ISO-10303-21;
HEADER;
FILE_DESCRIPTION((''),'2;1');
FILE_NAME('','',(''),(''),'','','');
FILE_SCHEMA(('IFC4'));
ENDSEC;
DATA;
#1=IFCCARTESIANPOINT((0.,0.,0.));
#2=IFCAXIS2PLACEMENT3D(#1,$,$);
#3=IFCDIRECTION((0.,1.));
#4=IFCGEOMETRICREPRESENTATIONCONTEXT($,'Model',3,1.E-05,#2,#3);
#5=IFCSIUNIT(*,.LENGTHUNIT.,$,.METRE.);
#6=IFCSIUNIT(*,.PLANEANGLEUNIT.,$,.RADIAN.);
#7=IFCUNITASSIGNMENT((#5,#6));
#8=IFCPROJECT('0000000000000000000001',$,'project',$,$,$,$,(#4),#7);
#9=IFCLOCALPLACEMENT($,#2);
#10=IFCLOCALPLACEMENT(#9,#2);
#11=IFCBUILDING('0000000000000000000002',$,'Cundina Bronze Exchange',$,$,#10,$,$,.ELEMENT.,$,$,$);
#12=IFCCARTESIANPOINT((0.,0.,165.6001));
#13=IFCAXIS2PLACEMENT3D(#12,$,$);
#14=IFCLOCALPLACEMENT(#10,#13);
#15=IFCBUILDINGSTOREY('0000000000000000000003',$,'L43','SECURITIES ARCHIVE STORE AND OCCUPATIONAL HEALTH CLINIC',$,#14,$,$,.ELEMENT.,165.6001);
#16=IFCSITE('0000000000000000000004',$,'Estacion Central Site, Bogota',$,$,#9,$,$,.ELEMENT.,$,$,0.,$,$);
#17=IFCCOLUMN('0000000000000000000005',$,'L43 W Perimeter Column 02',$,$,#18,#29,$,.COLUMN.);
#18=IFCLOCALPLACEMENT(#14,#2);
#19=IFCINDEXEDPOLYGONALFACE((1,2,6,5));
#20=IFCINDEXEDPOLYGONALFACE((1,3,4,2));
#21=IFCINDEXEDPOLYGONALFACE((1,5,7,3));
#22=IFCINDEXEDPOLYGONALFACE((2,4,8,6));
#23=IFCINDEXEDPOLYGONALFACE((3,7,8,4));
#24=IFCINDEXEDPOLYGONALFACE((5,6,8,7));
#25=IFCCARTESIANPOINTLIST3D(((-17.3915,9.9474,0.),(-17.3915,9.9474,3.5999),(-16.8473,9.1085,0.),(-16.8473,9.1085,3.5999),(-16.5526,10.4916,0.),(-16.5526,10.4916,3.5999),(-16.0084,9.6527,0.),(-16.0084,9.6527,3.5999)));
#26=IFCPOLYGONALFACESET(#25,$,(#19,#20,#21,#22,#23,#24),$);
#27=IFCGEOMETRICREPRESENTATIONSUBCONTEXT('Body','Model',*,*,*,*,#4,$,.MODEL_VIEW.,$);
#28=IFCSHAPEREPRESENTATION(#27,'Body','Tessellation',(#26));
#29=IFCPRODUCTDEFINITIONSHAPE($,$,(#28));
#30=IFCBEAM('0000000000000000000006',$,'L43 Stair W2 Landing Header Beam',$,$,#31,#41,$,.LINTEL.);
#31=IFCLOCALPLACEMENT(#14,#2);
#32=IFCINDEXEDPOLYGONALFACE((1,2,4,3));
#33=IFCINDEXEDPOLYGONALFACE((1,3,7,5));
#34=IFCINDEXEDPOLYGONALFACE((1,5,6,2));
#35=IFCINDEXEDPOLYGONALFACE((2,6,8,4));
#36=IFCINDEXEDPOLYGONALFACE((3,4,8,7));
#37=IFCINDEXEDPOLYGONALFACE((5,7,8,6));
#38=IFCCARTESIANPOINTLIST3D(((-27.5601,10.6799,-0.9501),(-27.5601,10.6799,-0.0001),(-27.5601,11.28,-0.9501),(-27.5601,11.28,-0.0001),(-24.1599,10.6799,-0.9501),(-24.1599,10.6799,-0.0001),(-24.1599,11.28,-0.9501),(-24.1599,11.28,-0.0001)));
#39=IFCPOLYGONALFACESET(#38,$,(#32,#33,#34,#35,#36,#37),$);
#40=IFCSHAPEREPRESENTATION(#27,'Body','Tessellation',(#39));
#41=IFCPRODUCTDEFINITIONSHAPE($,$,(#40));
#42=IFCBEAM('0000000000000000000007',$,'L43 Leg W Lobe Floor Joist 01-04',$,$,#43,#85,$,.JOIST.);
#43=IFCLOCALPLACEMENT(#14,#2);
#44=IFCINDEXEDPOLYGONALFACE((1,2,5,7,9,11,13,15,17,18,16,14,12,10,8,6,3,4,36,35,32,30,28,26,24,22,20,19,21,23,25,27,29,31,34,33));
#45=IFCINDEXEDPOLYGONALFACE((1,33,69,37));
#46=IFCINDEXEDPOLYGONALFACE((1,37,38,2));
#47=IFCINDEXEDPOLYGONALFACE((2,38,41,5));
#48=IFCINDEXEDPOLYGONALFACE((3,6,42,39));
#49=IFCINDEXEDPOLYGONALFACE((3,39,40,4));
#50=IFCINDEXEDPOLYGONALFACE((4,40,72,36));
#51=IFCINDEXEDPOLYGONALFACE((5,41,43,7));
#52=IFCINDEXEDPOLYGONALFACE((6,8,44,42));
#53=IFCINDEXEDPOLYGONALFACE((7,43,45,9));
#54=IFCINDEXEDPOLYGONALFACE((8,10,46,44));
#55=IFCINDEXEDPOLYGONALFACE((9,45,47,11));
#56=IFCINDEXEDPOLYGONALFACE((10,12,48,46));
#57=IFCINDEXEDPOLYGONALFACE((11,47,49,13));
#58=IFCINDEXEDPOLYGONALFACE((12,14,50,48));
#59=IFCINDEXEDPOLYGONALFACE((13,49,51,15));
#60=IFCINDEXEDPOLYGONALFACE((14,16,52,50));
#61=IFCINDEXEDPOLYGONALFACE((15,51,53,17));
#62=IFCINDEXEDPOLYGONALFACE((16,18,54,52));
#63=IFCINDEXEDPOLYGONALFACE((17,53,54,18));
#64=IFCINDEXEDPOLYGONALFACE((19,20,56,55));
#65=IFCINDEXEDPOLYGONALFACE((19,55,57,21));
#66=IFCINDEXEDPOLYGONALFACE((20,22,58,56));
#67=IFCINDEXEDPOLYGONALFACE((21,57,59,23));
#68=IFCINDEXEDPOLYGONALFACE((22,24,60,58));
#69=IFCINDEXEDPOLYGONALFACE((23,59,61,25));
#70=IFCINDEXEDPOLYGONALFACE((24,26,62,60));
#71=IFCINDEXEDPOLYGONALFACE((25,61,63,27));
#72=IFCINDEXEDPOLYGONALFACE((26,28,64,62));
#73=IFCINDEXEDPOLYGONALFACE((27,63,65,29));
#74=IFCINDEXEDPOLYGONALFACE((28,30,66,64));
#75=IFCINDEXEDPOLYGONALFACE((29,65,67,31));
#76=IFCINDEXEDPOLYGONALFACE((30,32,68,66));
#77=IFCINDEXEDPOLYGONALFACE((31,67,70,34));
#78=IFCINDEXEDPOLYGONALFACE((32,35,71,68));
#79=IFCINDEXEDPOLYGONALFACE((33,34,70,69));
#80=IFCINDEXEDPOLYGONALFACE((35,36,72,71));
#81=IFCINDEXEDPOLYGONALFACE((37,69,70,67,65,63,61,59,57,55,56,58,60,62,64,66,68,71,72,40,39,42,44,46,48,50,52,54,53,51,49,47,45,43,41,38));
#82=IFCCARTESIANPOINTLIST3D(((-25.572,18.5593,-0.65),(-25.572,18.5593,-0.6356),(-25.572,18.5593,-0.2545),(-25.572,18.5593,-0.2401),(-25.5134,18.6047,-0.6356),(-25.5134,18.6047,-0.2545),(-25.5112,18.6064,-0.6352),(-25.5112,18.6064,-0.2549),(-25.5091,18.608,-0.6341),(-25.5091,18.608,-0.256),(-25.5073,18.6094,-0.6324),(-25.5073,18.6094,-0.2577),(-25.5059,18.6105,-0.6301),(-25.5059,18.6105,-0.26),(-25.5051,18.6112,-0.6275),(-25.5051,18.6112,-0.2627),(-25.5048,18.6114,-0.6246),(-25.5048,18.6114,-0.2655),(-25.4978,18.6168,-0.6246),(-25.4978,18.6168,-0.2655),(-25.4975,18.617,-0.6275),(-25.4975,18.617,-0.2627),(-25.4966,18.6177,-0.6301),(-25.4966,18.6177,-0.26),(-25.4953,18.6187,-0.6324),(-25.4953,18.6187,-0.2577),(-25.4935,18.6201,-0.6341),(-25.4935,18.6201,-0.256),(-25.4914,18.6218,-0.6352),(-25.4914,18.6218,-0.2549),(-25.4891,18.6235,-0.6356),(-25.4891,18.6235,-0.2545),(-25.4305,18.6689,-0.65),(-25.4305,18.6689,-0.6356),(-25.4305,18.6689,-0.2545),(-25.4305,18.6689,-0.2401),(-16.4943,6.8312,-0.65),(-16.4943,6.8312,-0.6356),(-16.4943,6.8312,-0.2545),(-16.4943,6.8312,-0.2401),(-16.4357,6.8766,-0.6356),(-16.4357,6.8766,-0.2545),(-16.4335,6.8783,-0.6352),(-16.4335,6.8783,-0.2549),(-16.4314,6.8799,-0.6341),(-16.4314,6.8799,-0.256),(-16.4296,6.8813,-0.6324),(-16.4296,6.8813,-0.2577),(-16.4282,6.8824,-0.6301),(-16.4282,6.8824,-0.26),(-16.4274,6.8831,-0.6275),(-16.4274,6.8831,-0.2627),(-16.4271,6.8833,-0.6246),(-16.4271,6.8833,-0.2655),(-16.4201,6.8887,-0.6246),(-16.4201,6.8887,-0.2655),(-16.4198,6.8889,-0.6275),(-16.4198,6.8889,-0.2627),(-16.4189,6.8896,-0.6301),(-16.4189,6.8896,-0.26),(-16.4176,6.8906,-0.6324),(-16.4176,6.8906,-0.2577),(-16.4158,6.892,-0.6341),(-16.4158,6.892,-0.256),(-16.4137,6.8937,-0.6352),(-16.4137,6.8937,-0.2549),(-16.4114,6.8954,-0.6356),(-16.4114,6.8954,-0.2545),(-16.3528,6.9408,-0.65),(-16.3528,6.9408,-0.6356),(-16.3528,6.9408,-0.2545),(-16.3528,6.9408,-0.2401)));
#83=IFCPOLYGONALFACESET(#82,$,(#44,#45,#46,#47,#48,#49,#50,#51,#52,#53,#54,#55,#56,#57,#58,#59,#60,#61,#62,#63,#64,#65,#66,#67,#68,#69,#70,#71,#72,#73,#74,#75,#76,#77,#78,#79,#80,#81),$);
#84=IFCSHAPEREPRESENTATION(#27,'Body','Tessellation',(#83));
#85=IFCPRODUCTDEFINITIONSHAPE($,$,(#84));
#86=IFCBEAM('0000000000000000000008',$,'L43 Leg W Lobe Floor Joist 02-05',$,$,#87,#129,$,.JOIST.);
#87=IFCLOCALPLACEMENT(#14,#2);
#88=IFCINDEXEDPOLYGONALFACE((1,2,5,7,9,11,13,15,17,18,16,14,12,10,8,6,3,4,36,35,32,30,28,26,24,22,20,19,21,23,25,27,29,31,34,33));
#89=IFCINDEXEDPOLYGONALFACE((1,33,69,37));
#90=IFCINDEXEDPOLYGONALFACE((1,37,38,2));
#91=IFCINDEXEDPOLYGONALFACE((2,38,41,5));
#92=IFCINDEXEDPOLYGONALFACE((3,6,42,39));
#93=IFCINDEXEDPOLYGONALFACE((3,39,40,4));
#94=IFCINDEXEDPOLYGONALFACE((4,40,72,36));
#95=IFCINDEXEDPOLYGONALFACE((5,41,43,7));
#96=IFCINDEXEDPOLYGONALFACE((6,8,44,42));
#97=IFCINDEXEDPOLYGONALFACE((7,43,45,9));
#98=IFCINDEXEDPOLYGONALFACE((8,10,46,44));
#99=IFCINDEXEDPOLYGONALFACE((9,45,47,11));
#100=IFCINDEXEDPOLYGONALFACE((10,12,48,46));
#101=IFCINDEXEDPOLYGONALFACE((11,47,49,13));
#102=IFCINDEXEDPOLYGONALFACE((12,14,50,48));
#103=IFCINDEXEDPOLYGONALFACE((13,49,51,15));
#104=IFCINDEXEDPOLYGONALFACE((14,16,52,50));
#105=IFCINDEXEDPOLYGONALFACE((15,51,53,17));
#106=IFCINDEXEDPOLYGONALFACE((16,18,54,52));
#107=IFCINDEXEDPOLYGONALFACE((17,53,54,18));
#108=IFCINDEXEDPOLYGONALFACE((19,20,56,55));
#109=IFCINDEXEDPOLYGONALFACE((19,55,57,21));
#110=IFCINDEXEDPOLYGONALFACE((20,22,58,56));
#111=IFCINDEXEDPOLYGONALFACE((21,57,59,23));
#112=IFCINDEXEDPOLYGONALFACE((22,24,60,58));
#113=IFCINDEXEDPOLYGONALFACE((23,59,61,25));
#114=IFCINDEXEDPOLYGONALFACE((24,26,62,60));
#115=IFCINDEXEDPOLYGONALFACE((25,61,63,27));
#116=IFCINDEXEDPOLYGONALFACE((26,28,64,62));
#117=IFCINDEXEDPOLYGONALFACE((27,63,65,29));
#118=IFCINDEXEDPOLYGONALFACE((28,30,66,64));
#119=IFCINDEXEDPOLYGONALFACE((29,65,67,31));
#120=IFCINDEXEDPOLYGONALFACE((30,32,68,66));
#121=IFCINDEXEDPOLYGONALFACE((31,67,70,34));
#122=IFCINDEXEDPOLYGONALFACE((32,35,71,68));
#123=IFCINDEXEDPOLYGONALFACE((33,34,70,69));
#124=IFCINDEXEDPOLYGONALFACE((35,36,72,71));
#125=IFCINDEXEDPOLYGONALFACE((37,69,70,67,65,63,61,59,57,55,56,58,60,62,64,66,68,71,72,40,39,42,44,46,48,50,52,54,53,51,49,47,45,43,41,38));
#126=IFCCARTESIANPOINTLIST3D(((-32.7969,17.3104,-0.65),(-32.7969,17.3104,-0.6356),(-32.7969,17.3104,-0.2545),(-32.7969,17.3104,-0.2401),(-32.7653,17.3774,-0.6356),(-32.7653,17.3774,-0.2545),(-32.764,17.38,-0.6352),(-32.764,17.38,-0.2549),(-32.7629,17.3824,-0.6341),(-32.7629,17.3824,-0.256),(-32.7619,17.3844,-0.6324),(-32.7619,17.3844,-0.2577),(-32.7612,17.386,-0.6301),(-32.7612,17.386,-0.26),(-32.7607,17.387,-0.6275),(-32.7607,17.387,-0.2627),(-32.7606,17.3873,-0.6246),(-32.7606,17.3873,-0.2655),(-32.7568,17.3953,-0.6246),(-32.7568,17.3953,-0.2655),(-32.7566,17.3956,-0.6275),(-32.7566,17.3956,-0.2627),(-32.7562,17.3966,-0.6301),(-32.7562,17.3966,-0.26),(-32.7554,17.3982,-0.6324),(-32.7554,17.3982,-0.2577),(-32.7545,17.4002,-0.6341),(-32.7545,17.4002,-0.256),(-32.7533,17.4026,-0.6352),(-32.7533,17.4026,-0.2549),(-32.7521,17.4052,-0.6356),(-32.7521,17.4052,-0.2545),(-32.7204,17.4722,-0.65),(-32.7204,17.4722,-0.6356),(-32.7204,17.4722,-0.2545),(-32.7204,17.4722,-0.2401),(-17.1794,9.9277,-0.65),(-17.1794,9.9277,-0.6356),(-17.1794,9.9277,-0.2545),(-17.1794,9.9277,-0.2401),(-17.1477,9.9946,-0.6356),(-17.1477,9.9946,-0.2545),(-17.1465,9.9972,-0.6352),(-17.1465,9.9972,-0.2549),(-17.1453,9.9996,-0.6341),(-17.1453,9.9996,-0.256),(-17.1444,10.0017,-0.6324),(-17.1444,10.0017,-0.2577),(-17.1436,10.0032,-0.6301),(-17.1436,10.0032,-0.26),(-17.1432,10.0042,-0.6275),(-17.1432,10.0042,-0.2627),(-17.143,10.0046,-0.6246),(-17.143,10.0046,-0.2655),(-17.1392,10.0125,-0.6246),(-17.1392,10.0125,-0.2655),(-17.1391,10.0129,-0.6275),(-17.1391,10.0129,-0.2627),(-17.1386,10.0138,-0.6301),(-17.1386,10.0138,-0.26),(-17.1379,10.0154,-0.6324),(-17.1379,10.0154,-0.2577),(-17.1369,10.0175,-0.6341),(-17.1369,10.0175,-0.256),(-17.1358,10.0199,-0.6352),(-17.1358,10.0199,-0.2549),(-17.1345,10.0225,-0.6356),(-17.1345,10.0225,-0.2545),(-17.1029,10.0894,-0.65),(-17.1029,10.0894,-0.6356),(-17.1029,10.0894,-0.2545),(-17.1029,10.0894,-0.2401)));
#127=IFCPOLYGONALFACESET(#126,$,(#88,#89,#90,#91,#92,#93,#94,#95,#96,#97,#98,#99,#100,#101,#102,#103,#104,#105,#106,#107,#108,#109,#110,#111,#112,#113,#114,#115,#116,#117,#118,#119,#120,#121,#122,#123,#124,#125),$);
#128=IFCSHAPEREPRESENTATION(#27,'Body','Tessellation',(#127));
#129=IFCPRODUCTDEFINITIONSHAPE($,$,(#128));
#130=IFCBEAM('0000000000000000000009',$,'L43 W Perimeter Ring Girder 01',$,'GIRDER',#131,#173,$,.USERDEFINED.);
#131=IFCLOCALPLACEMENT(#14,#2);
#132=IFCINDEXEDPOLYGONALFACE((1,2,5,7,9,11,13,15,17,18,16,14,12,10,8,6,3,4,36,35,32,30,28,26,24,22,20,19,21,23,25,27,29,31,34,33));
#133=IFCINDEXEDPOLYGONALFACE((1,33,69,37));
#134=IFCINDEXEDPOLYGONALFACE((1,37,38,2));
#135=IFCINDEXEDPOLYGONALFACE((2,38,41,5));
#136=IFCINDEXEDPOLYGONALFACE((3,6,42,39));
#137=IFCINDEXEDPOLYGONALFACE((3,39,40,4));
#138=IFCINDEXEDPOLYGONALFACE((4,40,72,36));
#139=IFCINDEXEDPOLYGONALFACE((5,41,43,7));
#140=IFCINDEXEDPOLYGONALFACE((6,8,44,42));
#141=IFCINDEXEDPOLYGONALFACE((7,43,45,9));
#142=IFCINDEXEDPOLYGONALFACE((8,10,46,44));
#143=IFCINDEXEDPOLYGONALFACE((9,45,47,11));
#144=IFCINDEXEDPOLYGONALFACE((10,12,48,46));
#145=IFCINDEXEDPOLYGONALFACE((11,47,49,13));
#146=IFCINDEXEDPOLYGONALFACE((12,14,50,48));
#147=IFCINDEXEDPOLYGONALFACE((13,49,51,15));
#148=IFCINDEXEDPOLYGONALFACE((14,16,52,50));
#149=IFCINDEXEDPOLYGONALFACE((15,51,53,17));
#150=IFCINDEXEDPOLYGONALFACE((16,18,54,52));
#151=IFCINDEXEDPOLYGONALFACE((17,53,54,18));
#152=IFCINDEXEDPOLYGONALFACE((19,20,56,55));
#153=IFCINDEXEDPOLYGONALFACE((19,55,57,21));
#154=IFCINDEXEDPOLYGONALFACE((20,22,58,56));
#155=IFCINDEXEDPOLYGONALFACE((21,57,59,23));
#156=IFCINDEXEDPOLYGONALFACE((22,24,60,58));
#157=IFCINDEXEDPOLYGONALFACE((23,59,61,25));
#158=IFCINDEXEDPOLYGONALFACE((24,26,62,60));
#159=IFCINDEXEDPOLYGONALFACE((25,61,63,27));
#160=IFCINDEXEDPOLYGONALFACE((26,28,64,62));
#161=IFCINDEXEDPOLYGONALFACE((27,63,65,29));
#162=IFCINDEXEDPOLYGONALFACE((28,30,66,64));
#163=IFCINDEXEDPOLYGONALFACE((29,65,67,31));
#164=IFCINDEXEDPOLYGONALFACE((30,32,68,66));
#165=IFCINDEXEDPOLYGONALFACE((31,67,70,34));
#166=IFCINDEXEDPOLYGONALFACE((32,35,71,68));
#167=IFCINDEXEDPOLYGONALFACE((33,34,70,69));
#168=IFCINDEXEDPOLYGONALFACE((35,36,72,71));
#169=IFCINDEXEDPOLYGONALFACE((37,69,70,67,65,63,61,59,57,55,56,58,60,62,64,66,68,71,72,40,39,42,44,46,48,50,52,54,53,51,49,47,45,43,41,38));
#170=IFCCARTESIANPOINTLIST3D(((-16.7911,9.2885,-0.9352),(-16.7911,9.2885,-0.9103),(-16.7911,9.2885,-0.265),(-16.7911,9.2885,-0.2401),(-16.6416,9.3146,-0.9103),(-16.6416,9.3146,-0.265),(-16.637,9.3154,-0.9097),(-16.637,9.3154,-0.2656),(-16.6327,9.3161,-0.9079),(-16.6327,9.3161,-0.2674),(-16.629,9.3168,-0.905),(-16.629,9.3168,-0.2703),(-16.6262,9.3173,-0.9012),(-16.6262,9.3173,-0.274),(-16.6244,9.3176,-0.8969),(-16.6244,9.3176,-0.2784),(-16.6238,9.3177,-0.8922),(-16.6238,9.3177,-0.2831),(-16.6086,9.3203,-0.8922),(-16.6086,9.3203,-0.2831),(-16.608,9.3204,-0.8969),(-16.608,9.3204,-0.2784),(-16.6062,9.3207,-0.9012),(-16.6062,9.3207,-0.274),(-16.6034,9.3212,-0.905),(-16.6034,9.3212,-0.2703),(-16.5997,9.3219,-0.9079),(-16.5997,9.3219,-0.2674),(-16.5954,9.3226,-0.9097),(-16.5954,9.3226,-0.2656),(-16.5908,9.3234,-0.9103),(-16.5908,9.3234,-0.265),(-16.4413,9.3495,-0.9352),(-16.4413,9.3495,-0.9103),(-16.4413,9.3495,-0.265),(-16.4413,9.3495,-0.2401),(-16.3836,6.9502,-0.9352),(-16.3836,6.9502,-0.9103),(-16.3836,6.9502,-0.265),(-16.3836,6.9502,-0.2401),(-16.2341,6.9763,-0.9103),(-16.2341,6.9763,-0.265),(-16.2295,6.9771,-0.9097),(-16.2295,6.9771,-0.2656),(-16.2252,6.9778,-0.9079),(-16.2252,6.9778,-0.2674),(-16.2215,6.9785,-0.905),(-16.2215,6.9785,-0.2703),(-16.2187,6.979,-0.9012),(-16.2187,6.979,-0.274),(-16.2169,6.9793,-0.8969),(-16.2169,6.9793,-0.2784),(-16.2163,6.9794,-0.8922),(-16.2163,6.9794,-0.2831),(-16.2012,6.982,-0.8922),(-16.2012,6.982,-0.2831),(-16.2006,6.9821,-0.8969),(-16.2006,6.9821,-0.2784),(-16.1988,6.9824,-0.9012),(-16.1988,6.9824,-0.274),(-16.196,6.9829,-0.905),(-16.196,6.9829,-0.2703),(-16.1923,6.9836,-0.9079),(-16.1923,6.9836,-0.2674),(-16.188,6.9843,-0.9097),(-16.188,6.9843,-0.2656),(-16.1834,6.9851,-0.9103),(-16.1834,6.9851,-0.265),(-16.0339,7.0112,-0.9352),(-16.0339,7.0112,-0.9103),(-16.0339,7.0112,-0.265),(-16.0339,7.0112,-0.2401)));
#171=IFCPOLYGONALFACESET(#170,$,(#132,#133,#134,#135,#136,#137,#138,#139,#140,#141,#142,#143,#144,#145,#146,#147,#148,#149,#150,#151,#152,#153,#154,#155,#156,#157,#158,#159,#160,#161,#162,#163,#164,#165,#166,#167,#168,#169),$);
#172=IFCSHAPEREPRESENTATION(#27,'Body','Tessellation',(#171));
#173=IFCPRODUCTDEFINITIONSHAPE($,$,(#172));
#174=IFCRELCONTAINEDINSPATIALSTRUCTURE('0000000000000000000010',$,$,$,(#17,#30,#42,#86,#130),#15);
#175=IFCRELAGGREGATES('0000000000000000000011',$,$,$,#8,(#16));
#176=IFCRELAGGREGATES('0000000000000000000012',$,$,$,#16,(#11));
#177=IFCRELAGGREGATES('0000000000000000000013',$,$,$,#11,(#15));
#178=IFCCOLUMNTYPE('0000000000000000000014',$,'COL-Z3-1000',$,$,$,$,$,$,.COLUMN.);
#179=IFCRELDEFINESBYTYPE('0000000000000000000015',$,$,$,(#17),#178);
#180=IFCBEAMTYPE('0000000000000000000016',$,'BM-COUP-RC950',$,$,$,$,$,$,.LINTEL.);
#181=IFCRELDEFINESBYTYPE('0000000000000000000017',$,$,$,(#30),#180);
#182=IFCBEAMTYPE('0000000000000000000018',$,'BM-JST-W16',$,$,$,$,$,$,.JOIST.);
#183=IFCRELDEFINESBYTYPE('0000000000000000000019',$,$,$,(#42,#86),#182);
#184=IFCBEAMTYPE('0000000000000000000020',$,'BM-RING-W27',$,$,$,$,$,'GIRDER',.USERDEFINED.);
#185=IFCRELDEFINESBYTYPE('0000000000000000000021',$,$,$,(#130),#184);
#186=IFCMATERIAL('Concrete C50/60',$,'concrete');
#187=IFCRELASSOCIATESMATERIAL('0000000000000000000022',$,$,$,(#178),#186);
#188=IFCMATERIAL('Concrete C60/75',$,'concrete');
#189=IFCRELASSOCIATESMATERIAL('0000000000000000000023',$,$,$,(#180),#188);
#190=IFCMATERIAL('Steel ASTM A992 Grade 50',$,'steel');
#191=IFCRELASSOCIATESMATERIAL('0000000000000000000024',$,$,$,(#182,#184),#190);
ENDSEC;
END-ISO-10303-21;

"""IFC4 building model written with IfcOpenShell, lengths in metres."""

from ifc_helpers import new_model, si_unit, direction, frame, origin, origin_2d, place, context, subcontext, project, spatial, rectangle, i_section, extrude, material, material_profile, profile_set, type_object, element, save


model = new_model("IFC4")

# Units and contexts
model_context = context("Model", 3, precision=1e-05, world=origin(), true_north=direction((0.0, 1.0)))
body_context = subcontext(model_context, "Body", "Model", "MODEL_VIEW")
ifc_project = project(units=[si_unit("LENGTHUNIT", "METRE"), si_unit("PLANEANGLEUNIT", "RADIAN")], contexts=[model_context])

# Site, building, storey
site_placement = place(None, origin())
site = spatial("IfcSite", under=ifc_project, at=site_placement, Name="Estacion Central Site, Bogota", CompositionType="ELEMENT", RefElevation=0.0)
building_placement = place(site_placement, origin())
building = spatial("IfcBuilding", under=site, at=building_placement, Name="Cundina Bronze Exchange", CompositionType="ELEMENT")
storey_placement = place(building_placement, frame((0.0, 0.0, 165.6001)))
storey = spatial("IfcBuildingStorey", under=building, at=storey_placement, Name="L43", Description="SECURITIES ARCHIVE STORE AND OCCUPATIONAL HEALTH CLINIC", CompositionType="ELEMENT", Elevation=165.6001)

# Column
ifc_material_1 = material(Name="Concrete C50/60", Category="concrete")
ifc_material_profile_1 = material_profile(ifc_material_1, rectangle(XDim=1.0, YDim=1.0, at=origin_2d()), Name="RC1000X1000", Category="concrete")
ifc_profile_set_1 = profile_set([ifc_material_profile_1], Name="Concrete C50/60")
column_type = type_object("IfcColumnType", Name="COL-Z3-1000", PredefinedType="COLUMN", material=ifc_profile_set_1)
column_placement = place(storey_placement, frame((-16.7, 9.8, 0.0), z_axis=(0.0, 0.0, 1.0), x_axis=(-0.5442, 0.838956, 0.0)))
element("IfcColumn", 1, at=column_placement, inside=storey, type_object=column_type, Name="L43 W Perimeter Column 02", PredefinedType="COLUMN", context=body_context, shape_type="SweptSolid", body=[
    extrude(rectangle(XDim=1.0, YDim=1.0, at=origin_2d()), origin(), (0.0, 0.0, 1.0), 3.5999),
])

# Beams
ifc_material_2 = material(Name="Concrete C60/75", Category="concrete")
ifc_material_profile_2 = material_profile(ifc_material_2, rectangle(XDim=0.6001, YDim=0.95, at=origin_2d()), Name="RC600X950", Category="concrete")
ifc_profile_set_2 = profile_set([ifc_material_profile_2], Name="Concrete C60/75")
beam_type_1 = type_object("IfcBeamType", Name="BM-COUP-RC950", PredefinedType="LINTEL", material=ifc_profile_set_2)
beam_1_placement = place(storey_placement, frame((-27.5601, 10.98, -0.4751), z_axis=(1.0, 0.0, 0.0), x_axis=(0.0, 1.0, 0.0)))
element("IfcBeam", 2, at=beam_1_placement, inside=storey, type_object=beam_type_1, Name="L43 Stair W2 Landing Header Beam", PredefinedType="LINTEL", context=body_context, shape_type="SweptSolid", body=[
    extrude(rectangle(XDim=0.6001, YDim=0.95, at=origin_2d()), origin(), (0.0, 0.0, 1.0), 3.4001),
])
ifc_material_3 = material(Name="Steel ASTM A992 Grade 50", Category="steel")
ifc_material_profile_3 = material_profile(ifc_material_3, i_section(OverallWidth=0.179, OverallDepth=0.4099, WebThickness=0.0088, FlangeThickness=0.0144, FilletRadius=0.011, at=origin_2d()), Name="W16X45", Category="steel")
ifc_profile_set_3 = profile_set([ifc_material_profile_3], Name="Steel ASTM A992 Grade 50")
beam_type_2 = type_object("IfcBeamType", Name="BM-JST-W16", PredefinedType="JOIST", material=ifc_profile_set_3)
beam_2_placement = place(storey_placement, frame((-16.4236, 6.886, -0.4451), z_axis=(-0.612084, 0.790793, 0.0), x_axis=(-0.790793, -0.612084, 0.0)))
element("IfcBeam", 3, at=beam_2_placement, inside=storey, type_object=beam_type_2, Name="L43 Leg W Lobe Floor Joist 01-04", PredefinedType="JOIST", context=body_context, shape_type="SweptSolid", body=[
    extrude(i_section(OverallWidth=0.179, OverallDepth=0.4099, WebThickness=0.0088, FlangeThickness=0.0144, FilletRadius=0.011, at=origin_2d()), origin(), (0.0, 0.0, 1.0), 14.8308),
])
beam_3_placement = place(storey_placement, frame((-17.1411, 10.0085, -0.4451), z_axis=(-0.904074, 0.427375, 0.0), x_axis=(-0.427375, -0.904074, 0.0)))
element("IfcBeam", 4, at=beam_3_placement, inside=storey, type_object=beam_type_2, Name="L43 Leg W Lobe Floor Joist 02-05", PredefinedType="JOIST", context=body_context, shape_type="SweptSolid", body=[
    extrude(i_section(OverallWidth=0.179, OverallDepth=0.4099, WebThickness=0.0088, FlangeThickness=0.0144, FilletRadius=0.011, at=origin_2d()), origin(), (0.0, 0.0, 1.0), 17.2747),
])
ifc_material_profile_4 = material_profile(ifc_material_3, i_section(OverallWidth=0.355, OverallDepth=0.6951, WebThickness=0.0154, FlangeThickness=0.0249, FilletRadius=0.0181, at=origin_2d()), Name="W27X146", Category="steel")
ifc_profile_set_4 = profile_set([ifc_material_profile_4], Name="Steel ASTM A992 Grade 50")
beam_type_3 = type_object("IfcBeamType", Name="BM-RING-W27", ElementType="GIRDER", PredefinedType="USERDEFINED", material=ifc_profile_set_4)
beam_4_placement = place(storey_placement, frame((-16.2087, 6.9807, -0.5876), z_axis=(-0.171667, 0.985155, 0.0), x_axis=(-0.985155, -0.171667, 0.0)))
element("IfcBeam", 5, at=beam_4_placement, inside=storey, type_object=beam_type_3, Name="L43 W Perimeter Ring Girder 01", ObjectType="GIRDER", PredefinedType="USERDEFINED", context=body_context, shape_type="SweptSolid", body=[
    extrude(i_section(OverallWidth=0.355, OverallDepth=0.6951, WebThickness=0.0154, FlangeThickness=0.0249, FilletRadius=0.0181, at=origin_2d()), origin(), (0.0, 0.0, 1.0), 2.3735),
])

save(model, "model.ifc")
